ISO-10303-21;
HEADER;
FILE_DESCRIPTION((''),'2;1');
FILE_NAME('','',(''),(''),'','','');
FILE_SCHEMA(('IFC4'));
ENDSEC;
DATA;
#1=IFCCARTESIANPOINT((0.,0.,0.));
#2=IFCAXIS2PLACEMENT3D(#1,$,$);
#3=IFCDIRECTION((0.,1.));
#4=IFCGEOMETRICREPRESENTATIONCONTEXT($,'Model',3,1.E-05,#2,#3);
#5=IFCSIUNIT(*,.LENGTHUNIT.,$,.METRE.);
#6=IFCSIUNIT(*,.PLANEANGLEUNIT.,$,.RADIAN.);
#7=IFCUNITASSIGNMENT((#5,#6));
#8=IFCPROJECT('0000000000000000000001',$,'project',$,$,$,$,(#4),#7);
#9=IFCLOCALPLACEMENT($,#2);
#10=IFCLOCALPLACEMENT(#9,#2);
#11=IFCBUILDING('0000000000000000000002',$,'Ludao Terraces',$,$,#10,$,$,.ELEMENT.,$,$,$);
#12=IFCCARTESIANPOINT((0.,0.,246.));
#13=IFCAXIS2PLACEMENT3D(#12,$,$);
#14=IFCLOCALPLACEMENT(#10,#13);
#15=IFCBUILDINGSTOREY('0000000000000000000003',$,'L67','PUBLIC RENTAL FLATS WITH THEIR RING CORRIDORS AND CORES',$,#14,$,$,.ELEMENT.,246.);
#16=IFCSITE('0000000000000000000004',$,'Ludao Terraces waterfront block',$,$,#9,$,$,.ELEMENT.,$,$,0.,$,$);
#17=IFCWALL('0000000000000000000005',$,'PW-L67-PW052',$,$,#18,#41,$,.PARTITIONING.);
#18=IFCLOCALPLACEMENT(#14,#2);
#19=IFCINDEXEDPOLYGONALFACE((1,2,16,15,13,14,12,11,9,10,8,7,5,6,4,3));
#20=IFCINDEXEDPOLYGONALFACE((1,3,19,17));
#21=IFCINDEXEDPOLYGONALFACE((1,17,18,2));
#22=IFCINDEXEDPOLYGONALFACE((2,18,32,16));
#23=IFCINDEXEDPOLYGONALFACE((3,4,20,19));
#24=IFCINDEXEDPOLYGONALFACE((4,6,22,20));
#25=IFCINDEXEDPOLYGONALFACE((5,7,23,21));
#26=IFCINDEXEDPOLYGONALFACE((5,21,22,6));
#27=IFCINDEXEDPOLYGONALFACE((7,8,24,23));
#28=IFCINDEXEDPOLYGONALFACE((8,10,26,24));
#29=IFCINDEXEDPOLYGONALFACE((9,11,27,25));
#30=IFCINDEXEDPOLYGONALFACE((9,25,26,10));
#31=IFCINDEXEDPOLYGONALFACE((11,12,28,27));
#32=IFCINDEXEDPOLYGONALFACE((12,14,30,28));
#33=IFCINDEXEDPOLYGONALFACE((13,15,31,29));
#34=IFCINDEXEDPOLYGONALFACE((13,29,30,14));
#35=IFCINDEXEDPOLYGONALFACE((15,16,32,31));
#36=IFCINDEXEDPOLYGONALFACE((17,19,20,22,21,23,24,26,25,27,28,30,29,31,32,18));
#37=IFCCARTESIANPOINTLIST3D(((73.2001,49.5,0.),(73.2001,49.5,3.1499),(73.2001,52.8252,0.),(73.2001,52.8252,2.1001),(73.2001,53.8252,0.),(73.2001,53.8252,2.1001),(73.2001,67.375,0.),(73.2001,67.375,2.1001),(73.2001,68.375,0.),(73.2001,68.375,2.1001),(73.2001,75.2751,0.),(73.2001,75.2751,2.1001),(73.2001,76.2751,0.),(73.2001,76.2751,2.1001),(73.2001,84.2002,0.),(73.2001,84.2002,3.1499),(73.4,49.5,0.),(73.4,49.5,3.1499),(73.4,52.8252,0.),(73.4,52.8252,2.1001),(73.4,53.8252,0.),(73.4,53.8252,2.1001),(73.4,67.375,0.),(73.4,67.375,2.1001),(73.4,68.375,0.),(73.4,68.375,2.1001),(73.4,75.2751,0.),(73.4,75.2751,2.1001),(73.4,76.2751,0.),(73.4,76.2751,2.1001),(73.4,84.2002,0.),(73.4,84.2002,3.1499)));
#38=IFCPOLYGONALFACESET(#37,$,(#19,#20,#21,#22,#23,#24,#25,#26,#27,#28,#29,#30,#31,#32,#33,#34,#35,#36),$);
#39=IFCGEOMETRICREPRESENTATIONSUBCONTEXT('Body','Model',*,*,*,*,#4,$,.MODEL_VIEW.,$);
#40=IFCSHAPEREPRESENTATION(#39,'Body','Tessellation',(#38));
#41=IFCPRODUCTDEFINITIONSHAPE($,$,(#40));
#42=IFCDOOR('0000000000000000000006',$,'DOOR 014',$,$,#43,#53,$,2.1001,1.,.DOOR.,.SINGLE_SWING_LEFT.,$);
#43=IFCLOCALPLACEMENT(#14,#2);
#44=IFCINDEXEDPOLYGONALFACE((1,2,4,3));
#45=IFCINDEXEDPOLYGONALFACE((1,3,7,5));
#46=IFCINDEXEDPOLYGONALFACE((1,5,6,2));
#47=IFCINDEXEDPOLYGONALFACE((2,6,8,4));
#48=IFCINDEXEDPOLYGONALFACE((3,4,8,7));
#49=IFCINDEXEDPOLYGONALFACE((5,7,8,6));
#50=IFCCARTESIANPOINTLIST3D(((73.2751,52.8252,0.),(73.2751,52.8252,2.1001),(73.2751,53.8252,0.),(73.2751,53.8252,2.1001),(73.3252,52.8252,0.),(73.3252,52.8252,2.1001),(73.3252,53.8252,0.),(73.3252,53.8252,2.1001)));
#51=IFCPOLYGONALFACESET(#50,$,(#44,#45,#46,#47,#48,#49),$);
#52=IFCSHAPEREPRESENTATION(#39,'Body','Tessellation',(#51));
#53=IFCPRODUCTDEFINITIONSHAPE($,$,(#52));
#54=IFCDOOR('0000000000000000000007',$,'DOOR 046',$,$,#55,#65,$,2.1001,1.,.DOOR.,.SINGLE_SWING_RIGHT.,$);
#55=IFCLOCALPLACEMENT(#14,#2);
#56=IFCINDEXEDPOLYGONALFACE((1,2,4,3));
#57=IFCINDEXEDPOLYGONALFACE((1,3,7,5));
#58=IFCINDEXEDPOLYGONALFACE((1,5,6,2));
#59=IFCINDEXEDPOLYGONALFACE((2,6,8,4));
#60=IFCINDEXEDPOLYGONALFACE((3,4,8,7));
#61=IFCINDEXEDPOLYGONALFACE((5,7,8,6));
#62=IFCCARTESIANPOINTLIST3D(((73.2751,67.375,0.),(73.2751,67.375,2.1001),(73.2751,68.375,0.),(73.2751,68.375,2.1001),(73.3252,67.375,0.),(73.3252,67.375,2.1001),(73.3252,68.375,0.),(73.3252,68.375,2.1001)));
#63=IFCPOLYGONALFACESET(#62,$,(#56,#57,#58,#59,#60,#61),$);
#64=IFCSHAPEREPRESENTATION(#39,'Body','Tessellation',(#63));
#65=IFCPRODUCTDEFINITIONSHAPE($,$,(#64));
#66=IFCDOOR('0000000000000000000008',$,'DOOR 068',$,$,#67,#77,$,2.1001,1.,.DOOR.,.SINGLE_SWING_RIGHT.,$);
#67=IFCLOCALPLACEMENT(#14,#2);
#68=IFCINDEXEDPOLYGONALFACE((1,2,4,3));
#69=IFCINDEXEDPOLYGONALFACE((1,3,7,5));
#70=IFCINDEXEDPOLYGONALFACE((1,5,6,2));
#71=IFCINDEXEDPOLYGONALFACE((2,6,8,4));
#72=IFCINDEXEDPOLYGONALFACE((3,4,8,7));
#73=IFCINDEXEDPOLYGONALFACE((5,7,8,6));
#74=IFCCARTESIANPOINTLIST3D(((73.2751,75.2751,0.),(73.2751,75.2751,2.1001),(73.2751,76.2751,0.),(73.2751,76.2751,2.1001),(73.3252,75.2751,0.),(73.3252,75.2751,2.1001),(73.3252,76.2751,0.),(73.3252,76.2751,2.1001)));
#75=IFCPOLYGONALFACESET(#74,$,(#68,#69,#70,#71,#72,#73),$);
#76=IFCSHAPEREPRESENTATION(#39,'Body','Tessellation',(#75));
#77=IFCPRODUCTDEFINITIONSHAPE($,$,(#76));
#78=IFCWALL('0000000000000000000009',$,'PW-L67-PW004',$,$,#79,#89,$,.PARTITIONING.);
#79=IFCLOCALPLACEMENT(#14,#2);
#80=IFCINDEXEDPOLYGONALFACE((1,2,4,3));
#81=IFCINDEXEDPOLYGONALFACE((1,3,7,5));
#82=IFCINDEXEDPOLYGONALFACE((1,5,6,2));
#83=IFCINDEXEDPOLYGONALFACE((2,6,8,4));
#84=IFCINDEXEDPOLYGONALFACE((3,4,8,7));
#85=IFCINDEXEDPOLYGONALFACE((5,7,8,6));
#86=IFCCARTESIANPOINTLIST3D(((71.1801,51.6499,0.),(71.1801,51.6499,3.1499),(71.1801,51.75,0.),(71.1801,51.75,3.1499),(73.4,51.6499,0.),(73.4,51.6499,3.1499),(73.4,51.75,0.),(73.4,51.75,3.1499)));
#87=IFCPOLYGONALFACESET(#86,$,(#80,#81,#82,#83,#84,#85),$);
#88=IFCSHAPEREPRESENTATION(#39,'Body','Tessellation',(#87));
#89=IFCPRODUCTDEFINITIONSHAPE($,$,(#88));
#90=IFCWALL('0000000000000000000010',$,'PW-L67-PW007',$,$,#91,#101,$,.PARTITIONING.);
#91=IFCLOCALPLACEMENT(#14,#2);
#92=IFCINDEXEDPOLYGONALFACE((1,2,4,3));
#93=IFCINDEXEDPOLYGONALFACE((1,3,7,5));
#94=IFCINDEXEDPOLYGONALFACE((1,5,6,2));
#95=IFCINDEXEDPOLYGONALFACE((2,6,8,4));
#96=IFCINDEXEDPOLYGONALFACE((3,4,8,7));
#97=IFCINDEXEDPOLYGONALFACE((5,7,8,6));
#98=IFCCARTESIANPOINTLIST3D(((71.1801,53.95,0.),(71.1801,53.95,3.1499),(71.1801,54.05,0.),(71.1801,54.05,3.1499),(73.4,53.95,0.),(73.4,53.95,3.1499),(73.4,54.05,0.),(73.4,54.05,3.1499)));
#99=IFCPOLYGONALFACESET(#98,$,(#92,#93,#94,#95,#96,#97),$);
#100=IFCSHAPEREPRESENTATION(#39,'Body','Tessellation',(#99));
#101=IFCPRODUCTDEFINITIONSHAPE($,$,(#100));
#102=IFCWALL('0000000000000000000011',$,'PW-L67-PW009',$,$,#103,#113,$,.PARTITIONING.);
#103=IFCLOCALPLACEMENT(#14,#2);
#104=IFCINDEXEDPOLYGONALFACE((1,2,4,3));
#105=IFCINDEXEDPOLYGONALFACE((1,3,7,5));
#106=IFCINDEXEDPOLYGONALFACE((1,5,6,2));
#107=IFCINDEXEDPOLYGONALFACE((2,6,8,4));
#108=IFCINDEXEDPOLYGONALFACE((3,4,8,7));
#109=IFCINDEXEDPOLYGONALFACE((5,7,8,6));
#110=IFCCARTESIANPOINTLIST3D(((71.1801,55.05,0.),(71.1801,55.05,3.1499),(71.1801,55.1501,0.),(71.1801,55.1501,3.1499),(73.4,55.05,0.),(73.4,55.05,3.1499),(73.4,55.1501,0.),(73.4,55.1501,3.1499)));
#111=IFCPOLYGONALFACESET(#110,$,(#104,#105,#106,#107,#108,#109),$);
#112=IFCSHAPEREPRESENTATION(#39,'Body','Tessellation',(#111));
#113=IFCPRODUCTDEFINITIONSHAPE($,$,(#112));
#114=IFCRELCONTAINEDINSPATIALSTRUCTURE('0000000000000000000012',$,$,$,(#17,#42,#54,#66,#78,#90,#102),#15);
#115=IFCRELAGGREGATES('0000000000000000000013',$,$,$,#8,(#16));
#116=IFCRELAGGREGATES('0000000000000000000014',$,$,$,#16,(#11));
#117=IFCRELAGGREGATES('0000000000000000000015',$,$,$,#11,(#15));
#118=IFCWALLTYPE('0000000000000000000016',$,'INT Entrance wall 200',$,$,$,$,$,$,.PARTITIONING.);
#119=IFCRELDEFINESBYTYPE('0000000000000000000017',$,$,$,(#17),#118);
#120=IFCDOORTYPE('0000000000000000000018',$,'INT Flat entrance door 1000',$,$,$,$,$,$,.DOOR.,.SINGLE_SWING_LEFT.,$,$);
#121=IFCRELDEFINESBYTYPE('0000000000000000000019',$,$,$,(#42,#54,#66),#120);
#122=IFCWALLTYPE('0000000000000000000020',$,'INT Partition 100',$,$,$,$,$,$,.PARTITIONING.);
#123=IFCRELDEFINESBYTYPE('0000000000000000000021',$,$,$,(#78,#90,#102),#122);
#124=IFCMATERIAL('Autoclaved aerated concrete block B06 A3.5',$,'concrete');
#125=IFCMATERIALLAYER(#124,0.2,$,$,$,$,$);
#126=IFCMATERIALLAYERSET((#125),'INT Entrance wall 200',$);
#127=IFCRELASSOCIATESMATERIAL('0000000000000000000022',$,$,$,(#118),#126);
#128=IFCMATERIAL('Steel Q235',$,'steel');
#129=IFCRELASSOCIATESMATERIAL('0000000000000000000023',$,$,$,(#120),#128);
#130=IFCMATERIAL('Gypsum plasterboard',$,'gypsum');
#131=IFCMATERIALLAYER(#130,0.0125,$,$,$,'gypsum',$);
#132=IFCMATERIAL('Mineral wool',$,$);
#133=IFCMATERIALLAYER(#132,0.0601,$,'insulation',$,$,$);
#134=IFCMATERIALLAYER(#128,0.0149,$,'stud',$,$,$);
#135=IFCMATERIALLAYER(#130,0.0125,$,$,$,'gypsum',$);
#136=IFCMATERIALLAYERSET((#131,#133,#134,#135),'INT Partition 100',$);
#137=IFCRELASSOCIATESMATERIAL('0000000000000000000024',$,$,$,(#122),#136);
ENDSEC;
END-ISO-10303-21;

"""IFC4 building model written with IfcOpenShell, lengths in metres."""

from ifc_helpers import new_model, si_unit, direction, frame, frame_2d, origin, place, context, subcontext, project, spatial, rectangle, extrude, material, layer, layer_set, type_object, element, fill, save


model = new_model("IFC4")

# Units and contexts
model_context = context("Model", 3, precision=1e-05, world=origin(), true_north=direction((0.0, 1.0)))
body_context = subcontext(model_context, "Body", "Model", "MODEL_VIEW")
ifc_project = project(units=[si_unit("LENGTHUNIT", "METRE"), si_unit("PLANEANGLEUNIT", "RADIAN")], contexts=[model_context])

# Site, building, storey
site_placement = place(None, origin())
site = spatial("IfcSite", under=ifc_project, at=site_placement, Name="Ludao Terraces waterfront block", CompositionType="ELEMENT", RefElevation=0.0)
building_placement = place(site_placement, origin())
building = spatial("IfcBuilding", under=site, at=building_placement, Name="Ludao Terraces", CompositionType="ELEMENT")
storey_placement = place(building_placement, frame((0.0, 0.0, 246.0)))
storey = spatial("IfcBuildingStorey", under=building, at=storey_placement, Name="L67", Description="PUBLIC RENTAL FLATS WITH THEIR RING CORRIDORS AND CORES", CompositionType="ELEMENT", Elevation=246.0)

# Shared definitions
ifc_material_1 = material(Name="Steel Q235", Category="steel")

# Wall, openings, doors
ifc_material_2 = material(Name="Autoclaved aerated concrete block B06 A3.5", Category="concrete")
ifc_layer_1 = layer(ifc_material_2, 0.2)
ifc_layer_set_1 = layer_set([ifc_layer_1], Name="INT Entrance wall 200")
wall_type_1 = type_object("IfcWallType", Name="INT Entrance wall 200", PredefinedType="PARTITIONING", material=ifc_layer_set_1)
wall_1_placement = place(storey_placement, frame((73.3, 49.5, 0.0), z_axis=(0.0, 0.0, 1.0), x_axis=(0.0, 1.0, 0.0)))
wall_1 = element("IfcWall", 1, at=wall_1_placement, inside=storey, type_object=wall_type_1, Name="PW-L67-PW052", PredefinedType="PARTITIONING", context=body_context, shape_type="SweptSolid", body=[
    extrude(rectangle(XDim=34.7002, YDim=0.2, at=frame_2d((17.3501, 0.0))), origin(), (0.0, 0.0, 1.0), 3.1499),
])
opening_1_placement = place(wall_1_placement, frame((3.3252, 0.0, 0.0)))
opening_1 = element("IfcOpeningElement", 2, at=opening_1_placement, cuts=wall_1, PredefinedType="OPENING", context=body_context, shape_type="SweptSolid", body=[
    extrude(rectangle(XDim=1.0, YDim=2.1001, at=frame_2d((0.5, 1.05))), frame((0.0, 0.1099, 0.0), z_axis=(0.0, -1.0, 0.0), x_axis=(1.0, 0.0, 0.0)), (0.0, 0.0, 1.0), 0.22),
])
opening_2_placement = place(wall_1_placement, frame((17.875, 0.0, 0.0)))
opening_2 = element("IfcOpeningElement", 3, at=opening_2_placement, cuts=wall_1, PredefinedType="OPENING", context=body_context, shape_type="SweptSolid", body=[
    extrude(rectangle(XDim=1.0, YDim=2.1001, at=frame_2d((0.5, 1.05))), frame((0.0, 0.1099, 0.0), z_axis=(0.0, -1.0, 0.0), x_axis=(1.0, 0.0, 0.0)), (0.0, 0.0, 1.0), 0.22),
])
opening_3_placement = place(wall_1_placement, frame((25.7751, 0.0, 0.0)))
opening_3 = element("IfcOpeningElement", 4, at=opening_3_placement, cuts=wall_1, PredefinedType="OPENING", context=body_context, shape_type="SweptSolid", body=[
    extrude(rectangle(XDim=1.0, YDim=2.1001, at=frame_2d((0.5, 1.05))), frame((0.0, 0.1099, 0.0), z_axis=(0.0, -1.0, 0.0), x_axis=(1.0, 0.0, 0.0)), (0.0, 0.0, 1.0), 0.22),
])
door_type_1 = type_object("IfcDoorType", Name="INT Flat entrance door 1000", OperationType="SINGLE_SWING_LEFT", PredefinedType="DOOR", material=ifc_material_1)
door_1_placement = place(opening_1_placement, origin())
door_1 = element("IfcDoor", 5, at=door_1_placement, inside=storey, type_object=door_type_1, Name="DOOR 014", OperationType="SINGLE_SWING_LEFT", OverallHeight=2.1001, OverallWidth=1.0, PredefinedType="DOOR", context=body_context, shape_type="SweptSolid", body=[
    extrude(rectangle(XDim=1.0, YDim=2.1001, at=frame_2d((0.5, 1.05))), frame((0.0, 0.0249, 0.0), z_axis=(0.0, -1.0, 0.0), x_axis=(1.0, 0.0, 0.0)), (0.0, 0.0, 1.0), 0.05),
])
fill(opening_1, door_1)
door_2_placement = place(opening_2_placement, origin())
door_2 = element("IfcDoor", 6, at=door_2_placement, inside=storey, type_object=door_type_1, Name="DOOR 046", OperationType="SINGLE_SWING_RIGHT", OverallHeight=2.1001, OverallWidth=1.0, PredefinedType="DOOR", context=body_context, shape_type="SweptSolid", body=[
    extrude(rectangle(XDim=1.0, YDim=2.1001, at=frame_2d((0.5, 1.05))), frame((0.0, 0.0249, 0.0), z_axis=(0.0, -1.0, 0.0), x_axis=(1.0, 0.0, 0.0)), (0.0, 0.0, 1.0), 0.05),
])
fill(opening_2, door_2)
door_3_placement = place(opening_3_placement, origin())
door_3 = element("IfcDoor", 7, at=door_3_placement, inside=storey, type_object=door_type_1, Name="DOOR 068", OperationType="SINGLE_SWING_RIGHT", OverallHeight=2.1001, OverallWidth=1.0, PredefinedType="DOOR", context=body_context, shape_type="SweptSolid", body=[
    extrude(rectangle(XDim=1.0, YDim=2.1001, at=frame_2d((0.5, 1.05))), frame((0.0, 0.0249, 0.0), z_axis=(0.0, -1.0, 0.0), x_axis=(1.0, 0.0, 0.0)), (0.0, 0.0, 1.0), 0.05),
])
fill(opening_3, door_3)

# Walls
ifc_material_3 = material(Name="Gypsum plasterboard", Category="gypsum")
ifc_layer_2 = layer(ifc_material_3, 0.0125, Category="gypsum")
ifc_material_4 = material(Name="Mineral wool")
ifc_layer_3 = layer(ifc_material_4, 0.0601, Name="insulation")
ifc_layer_4 = layer(ifc_material_1, 0.0149, Name="stud")
ifc_layer_5 = layer(ifc_material_3, 0.0125, Category="gypsum")
ifc_layer_set_2 = layer_set([ifc_layer_2, ifc_layer_3, ifc_layer_4, ifc_layer_5], Name="INT Partition 100")
wall_type_2 = type_object("IfcWallType", Name="INT Partition 100", PredefinedType="PARTITIONING", material=ifc_layer_set_2)
for number, where, z_axis, x_axis, name in (
    (8, (71.1802, 51.7, 0.0), (0.0, 0.0, 1.0), (1.0, 0.0, 0.0), "PW-L67-PW004"),
    (9, (71.1802, 54.0, 0.0), (0.0, 0.0, 1.0), (1.0, 0.0, 0.0), "PW-L67-PW007"),
    (10, (71.1802, 55.1001, 0.0), (0.0, 0.0, 1.0), (1.0, 0.0, 0.0), "PW-L67-PW009"),
):
    element("IfcWall", number, at=place(storey_placement, frame(where, z_axis=z_axis, x_axis=x_axis)), inside=storey, type_object=wall_type_2, Name=name, PredefinedType="PARTITIONING", context=body_context, shape_type="SweptSolid", body=[
        extrude(rectangle(XDim=2.22, YDim=0.1001, at=frame_2d((1.1099, 0.0))), origin(), (0.0, 0.0, 1.0), 3.1499),
    ])

save(model, "model.ifc")
